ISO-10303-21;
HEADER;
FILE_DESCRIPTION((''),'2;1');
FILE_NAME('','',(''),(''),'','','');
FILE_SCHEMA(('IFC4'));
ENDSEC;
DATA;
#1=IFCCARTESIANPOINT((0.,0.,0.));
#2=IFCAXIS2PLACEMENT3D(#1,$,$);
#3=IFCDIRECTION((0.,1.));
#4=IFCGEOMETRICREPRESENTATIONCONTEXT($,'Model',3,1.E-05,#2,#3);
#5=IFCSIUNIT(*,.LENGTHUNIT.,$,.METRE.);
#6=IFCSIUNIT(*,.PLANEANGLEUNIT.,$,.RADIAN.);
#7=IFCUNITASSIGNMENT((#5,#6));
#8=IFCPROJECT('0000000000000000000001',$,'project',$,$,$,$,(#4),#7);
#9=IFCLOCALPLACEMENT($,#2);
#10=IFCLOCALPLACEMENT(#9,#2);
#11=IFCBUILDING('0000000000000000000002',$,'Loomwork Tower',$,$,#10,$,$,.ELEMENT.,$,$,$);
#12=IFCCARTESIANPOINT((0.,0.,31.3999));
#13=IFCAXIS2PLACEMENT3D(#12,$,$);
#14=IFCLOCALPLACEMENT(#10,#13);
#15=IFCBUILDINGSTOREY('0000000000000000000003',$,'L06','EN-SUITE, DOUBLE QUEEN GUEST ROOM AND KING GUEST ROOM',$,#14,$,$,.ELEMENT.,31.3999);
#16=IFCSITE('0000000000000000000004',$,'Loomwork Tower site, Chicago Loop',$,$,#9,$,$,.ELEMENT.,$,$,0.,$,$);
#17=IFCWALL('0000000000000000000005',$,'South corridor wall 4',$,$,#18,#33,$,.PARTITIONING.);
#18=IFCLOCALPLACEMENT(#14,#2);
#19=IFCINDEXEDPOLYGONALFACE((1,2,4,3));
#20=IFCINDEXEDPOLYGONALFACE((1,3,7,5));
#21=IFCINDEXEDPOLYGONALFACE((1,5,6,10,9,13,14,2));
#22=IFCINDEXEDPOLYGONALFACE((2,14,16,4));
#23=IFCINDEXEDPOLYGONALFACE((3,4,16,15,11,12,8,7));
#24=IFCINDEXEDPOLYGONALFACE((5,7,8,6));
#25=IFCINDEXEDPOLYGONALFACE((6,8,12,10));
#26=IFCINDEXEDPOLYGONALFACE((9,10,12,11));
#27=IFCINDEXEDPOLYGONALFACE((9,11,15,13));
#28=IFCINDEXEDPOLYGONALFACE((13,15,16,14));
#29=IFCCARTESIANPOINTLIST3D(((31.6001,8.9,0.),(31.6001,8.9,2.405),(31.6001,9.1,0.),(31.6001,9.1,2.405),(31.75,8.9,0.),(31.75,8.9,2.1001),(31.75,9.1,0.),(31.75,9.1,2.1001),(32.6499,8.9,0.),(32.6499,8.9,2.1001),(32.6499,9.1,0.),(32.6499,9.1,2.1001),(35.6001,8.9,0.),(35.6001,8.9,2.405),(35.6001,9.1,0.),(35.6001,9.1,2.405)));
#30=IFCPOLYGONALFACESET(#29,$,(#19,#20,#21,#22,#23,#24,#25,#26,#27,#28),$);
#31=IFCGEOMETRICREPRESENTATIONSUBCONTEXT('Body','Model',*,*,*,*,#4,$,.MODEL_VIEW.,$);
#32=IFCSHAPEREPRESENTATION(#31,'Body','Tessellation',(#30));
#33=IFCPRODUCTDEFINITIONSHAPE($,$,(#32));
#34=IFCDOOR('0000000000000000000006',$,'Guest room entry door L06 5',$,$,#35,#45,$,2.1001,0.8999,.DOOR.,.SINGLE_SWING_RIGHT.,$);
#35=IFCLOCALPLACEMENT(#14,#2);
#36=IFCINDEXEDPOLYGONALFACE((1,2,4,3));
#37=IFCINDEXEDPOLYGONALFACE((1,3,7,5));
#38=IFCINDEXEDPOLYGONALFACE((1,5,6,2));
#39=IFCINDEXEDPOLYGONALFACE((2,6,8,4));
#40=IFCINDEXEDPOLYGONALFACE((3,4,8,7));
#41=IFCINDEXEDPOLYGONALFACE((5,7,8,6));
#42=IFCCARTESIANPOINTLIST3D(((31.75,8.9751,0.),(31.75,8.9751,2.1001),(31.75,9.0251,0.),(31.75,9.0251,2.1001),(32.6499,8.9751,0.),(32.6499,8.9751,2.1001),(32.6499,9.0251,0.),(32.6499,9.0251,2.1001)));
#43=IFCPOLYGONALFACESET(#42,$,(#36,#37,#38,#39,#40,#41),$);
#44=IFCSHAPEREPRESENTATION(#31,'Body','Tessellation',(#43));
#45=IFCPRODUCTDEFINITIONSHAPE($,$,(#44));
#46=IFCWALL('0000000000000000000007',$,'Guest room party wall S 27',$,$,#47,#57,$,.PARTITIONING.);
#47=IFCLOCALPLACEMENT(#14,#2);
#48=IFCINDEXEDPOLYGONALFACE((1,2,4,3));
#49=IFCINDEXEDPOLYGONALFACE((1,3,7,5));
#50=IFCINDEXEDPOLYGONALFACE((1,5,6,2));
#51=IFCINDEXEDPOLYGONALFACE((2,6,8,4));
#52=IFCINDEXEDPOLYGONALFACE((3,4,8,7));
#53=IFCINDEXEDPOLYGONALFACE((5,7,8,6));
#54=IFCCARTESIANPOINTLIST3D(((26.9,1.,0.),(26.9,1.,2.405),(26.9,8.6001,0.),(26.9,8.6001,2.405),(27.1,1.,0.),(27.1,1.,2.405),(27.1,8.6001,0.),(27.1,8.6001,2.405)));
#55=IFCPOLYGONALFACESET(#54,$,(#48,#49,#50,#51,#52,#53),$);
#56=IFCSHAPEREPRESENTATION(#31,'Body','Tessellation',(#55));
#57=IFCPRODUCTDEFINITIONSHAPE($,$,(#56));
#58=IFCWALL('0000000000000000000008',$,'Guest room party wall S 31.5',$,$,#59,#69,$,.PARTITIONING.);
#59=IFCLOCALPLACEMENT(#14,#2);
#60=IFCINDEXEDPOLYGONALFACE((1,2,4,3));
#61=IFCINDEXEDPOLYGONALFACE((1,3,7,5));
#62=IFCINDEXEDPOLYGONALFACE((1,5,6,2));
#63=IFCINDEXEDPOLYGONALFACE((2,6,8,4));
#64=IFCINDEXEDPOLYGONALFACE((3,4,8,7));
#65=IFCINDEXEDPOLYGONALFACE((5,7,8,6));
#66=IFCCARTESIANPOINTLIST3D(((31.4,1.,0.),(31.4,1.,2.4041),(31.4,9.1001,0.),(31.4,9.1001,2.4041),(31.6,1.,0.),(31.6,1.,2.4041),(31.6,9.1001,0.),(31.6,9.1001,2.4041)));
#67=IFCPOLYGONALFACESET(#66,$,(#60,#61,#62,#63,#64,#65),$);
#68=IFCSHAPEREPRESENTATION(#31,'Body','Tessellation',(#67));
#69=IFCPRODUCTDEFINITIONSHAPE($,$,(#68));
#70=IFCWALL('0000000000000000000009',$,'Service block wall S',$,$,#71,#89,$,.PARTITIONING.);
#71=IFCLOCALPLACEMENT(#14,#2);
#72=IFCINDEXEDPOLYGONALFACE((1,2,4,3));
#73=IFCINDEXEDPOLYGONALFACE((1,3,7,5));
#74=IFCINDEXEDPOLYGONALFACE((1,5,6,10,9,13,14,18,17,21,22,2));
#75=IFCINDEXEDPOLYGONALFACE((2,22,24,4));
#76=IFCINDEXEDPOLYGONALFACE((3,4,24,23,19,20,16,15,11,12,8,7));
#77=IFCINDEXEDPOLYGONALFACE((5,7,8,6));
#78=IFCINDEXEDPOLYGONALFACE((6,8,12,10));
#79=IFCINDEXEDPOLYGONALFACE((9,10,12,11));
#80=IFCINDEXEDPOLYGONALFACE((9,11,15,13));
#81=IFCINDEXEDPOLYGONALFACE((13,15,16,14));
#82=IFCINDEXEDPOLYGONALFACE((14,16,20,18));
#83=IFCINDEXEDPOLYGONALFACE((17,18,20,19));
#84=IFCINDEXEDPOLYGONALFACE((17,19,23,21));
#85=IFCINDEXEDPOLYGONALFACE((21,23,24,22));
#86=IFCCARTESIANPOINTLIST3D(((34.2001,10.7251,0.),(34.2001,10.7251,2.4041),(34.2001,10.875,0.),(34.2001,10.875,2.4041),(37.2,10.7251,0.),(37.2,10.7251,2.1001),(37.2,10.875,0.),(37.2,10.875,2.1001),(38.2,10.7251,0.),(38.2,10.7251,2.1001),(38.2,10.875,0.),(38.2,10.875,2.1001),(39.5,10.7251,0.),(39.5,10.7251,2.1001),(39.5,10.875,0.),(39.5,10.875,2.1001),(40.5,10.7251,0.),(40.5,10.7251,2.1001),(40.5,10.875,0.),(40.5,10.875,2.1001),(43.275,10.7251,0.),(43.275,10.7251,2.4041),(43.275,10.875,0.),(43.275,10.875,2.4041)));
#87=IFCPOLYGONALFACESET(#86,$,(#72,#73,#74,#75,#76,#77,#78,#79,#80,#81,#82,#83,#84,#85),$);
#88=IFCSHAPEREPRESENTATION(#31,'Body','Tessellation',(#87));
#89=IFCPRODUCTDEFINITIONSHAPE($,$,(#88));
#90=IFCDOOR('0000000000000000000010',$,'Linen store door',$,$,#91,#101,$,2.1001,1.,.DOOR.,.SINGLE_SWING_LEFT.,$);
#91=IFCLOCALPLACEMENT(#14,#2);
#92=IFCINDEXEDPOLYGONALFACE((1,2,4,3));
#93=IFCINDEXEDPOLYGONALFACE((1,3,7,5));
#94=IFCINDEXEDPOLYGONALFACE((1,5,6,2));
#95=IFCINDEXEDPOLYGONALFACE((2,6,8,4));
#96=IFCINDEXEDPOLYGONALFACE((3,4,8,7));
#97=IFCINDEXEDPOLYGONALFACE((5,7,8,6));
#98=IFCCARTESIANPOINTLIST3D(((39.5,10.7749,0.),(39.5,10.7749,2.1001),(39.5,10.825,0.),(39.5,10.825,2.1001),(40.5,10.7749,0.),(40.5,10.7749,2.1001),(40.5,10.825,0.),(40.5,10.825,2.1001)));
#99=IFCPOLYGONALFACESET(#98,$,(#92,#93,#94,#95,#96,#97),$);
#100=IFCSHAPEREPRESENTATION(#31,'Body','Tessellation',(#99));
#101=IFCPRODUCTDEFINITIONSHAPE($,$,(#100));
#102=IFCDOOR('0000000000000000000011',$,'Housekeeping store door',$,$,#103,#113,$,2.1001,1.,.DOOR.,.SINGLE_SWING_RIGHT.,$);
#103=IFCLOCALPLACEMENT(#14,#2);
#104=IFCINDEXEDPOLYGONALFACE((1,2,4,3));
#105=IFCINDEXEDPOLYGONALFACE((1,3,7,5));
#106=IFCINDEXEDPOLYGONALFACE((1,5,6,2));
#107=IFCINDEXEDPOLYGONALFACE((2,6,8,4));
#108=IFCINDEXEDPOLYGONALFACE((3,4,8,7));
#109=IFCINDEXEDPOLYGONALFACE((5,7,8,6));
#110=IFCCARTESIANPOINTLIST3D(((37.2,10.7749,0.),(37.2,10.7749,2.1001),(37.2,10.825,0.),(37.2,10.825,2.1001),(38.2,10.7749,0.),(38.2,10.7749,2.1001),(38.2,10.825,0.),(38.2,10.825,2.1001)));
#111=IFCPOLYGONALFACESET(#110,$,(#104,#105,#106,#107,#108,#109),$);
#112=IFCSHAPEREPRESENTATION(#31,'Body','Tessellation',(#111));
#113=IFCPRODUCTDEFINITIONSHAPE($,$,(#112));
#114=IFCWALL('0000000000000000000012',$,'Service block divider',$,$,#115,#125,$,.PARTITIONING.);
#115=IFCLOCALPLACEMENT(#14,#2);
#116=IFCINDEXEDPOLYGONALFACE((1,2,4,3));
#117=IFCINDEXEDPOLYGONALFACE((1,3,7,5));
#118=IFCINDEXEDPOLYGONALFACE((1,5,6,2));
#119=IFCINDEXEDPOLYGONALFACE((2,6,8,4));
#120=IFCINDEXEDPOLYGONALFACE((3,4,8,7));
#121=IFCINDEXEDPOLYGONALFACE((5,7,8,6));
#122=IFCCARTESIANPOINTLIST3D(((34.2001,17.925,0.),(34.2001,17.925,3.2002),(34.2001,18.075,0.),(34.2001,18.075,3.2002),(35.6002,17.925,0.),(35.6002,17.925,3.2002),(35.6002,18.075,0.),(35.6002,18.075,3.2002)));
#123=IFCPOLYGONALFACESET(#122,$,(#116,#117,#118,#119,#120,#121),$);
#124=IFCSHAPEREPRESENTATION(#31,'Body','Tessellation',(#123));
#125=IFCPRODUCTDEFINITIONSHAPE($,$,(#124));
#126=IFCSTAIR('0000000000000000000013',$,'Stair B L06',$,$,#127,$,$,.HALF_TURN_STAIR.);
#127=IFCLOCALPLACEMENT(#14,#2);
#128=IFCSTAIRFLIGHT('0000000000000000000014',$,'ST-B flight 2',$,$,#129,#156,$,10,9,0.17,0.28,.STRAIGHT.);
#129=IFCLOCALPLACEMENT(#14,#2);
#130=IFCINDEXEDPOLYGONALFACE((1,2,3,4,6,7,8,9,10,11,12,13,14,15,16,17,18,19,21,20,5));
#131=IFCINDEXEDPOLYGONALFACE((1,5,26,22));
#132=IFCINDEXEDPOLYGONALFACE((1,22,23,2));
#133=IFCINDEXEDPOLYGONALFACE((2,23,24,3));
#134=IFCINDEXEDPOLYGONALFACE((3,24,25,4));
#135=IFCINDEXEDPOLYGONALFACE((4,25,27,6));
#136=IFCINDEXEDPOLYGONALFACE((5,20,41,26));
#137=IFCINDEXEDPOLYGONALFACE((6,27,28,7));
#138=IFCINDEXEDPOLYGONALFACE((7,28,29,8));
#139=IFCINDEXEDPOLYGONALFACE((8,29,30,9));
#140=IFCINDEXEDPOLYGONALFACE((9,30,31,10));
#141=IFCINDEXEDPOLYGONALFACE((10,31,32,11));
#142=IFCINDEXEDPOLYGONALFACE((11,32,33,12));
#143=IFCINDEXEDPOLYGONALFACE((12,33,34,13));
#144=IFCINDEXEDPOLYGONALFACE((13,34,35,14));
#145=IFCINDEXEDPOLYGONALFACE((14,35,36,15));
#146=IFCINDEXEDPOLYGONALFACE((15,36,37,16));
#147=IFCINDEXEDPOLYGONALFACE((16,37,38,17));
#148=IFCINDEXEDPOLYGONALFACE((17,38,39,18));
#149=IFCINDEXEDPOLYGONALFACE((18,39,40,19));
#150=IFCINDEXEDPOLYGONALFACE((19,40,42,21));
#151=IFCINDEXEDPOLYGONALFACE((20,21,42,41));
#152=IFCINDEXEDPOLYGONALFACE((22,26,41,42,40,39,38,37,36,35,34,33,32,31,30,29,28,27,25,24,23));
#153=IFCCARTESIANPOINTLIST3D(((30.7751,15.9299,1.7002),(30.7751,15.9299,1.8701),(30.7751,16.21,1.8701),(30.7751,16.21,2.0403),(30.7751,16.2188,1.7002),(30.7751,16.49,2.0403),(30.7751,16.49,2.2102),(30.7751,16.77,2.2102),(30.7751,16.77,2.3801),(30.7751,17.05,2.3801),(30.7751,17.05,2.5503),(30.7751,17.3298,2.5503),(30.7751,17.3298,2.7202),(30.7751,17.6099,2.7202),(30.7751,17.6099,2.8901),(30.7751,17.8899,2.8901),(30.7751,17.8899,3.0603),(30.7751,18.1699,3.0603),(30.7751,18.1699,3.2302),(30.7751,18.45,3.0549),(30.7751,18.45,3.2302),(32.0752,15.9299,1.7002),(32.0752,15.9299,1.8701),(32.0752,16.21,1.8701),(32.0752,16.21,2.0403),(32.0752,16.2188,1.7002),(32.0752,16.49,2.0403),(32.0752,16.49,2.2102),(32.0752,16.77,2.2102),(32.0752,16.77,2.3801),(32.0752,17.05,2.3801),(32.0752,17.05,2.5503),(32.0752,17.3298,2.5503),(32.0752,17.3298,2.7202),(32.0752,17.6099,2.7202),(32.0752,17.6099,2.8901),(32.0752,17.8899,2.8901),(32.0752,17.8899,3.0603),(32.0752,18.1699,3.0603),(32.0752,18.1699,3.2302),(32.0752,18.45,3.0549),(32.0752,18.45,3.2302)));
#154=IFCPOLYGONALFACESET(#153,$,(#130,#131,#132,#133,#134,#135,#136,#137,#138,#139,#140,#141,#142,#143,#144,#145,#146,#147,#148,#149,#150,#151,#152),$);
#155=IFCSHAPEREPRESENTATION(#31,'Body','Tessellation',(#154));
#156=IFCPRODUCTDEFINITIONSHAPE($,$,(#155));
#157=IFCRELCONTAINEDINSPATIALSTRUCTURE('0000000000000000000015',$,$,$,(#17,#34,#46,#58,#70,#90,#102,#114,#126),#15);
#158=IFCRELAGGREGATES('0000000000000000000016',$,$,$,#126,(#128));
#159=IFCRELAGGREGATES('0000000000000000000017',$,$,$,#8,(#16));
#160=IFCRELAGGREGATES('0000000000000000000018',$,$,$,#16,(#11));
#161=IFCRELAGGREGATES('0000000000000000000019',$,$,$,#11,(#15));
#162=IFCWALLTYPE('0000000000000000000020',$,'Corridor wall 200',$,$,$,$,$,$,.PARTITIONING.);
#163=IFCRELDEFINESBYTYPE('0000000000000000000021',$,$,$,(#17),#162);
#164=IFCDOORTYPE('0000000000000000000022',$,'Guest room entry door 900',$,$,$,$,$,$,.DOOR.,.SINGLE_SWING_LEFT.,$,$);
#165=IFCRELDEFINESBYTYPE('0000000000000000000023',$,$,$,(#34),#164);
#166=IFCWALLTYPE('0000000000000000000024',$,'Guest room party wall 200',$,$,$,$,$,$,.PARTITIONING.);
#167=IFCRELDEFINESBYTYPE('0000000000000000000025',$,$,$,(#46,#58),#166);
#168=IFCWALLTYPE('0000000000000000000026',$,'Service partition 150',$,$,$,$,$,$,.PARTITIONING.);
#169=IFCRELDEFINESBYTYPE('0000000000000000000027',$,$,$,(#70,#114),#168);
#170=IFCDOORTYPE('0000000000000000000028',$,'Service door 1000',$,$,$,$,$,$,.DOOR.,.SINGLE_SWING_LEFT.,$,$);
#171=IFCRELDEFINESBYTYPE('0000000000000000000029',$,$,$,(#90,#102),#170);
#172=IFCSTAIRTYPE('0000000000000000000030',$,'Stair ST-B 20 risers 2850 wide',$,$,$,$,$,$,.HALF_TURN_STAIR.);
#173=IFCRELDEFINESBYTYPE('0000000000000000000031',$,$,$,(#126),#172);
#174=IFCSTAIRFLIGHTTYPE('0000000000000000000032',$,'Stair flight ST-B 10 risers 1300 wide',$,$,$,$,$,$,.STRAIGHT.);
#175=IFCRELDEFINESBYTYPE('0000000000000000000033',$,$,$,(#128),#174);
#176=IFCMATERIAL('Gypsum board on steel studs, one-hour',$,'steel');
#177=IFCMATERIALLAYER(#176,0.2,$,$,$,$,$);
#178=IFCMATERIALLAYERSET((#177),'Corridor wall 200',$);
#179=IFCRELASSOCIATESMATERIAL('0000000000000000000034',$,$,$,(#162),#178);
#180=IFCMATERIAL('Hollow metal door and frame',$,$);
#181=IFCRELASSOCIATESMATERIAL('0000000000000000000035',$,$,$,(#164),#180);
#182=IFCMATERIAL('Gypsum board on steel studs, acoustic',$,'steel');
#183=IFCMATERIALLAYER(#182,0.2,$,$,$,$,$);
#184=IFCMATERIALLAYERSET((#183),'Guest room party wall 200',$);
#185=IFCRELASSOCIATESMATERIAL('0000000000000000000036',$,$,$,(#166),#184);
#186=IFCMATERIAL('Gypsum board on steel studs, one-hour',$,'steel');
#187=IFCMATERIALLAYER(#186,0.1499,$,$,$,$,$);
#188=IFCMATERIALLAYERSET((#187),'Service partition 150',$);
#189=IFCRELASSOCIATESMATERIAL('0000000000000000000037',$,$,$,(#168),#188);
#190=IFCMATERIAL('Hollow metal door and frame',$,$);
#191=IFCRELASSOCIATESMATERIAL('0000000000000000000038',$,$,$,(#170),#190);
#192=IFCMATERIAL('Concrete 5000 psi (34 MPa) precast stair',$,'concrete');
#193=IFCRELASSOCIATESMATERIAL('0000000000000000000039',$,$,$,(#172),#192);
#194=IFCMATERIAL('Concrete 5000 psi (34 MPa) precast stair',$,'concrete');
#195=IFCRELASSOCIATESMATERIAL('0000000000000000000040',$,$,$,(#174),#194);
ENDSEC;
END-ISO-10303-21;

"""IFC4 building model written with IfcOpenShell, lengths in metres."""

from ifc_helpers import new_model, si_unit, direction, frame, frame_2d, origin, place, context, subcontext, project, spatial, polyline, rectangle, outline, extrude, material, layer, layer_set, type_object, element, fill, aggregate, save


model = new_model("IFC4")

# Units and contexts
model_context = context("Model", 3, precision=1e-05, world=origin(), true_north=direction((0.0, 1.0)))
body_context = subcontext(model_context, "Body", "Model", "MODEL_VIEW")
ifc_project = project(units=[si_unit("LENGTHUNIT", "METRE"), si_unit("PLANEANGLEUNIT", "RADIAN")], contexts=[model_context])

# Site, building, storey
site_placement = place(None, origin())
site = spatial("IfcSite", under=ifc_project, at=site_placement, Name="Loomwork Tower site, Chicago Loop", CompositionType="ELEMENT", RefElevation=0.0)
building_placement = place(site_placement, origin())
building = spatial("IfcBuilding", under=site, at=building_placement, Name="Loomwork Tower", CompositionType="ELEMENT")
storey_placement = place(building_placement, frame((0.0, 0.0, 31.3999)))
storey = spatial("IfcBuildingStorey", under=building, at=storey_placement, Name="L06", Description="EN-SUITE, DOUBLE QUEEN GUEST ROOM AND KING GUEST ROOM", CompositionType="ELEMENT", Elevation=31.3999)

# Wall, opening, door
ifc_material_1 = material(Name="Gypsum board on steel studs, one-hour", Category="steel")
ifc_layer_1 = layer(ifc_material_1, 0.2)
ifc_layer_set_1 = layer_set([ifc_layer_1], Name="Corridor wall 200")
wall_type_1 = type_object("IfcWallType", Name="Corridor wall 200", PredefinedType="PARTITIONING", material=ifc_layer_set_1)
wall_1_placement = place(storey_placement, frame((31.6001, 9.0, 0.0), z_axis=(0.0, 0.0, 1.0), x_axis=(1.0, 0.0, 0.0)))
wall_1 = element("IfcWall", 1, at=wall_1_placement, inside=storey, type_object=wall_type_1, Name="South corridor wall 4", PredefinedType="PARTITIONING", context=body_context, shape_type="SweptSolid", body=[
    extrude(rectangle(XDim=4.0, YDim=0.2, at=frame_2d((2.0, 0.0))), origin(), (0.0, 0.0, 1.0), 2.405),
])
opening_1_placement = place(wall_1_placement, frame((0.1499, 0.0, 0.0)))
opening_1 = element("IfcOpeningElement", 2, at=opening_1_placement, cuts=wall_1, PredefinedType="OPENING", context=body_context, shape_type="SweptSolid", body=[
    extrude(rectangle(XDim=0.8999, YDim=2.1001, at=frame_2d((0.45, 1.05))), frame((0.0, 0.1099, 0.0), z_axis=(0.0, -1.0, 0.0), x_axis=(1.0, 0.0, 0.0)), (0.0, 0.0, 1.0), 0.22),
])
ifc_material_2 = material(Name="Hollow metal door and frame")
door_type_1 = type_object("IfcDoorType", Name="Guest room entry door 900", OperationType="SINGLE_SWING_LEFT", PredefinedType="DOOR", material=ifc_material_2)
door_1_placement = place(opening_1_placement, frame((0.8999, 0.0, 0.0), z_axis=(0.0, 0.0, 1.0), x_axis=(-1.0, 0.0, 0.0)))
door_1 = element("IfcDoor", 3, at=door_1_placement, inside=storey, type_object=door_type_1, Name="Guest room entry door L06 5", OperationType="SINGLE_SWING_RIGHT", OverallHeight=2.1001, OverallWidth=0.8999, PredefinedType="DOOR", context=body_context, shape_type="SweptSolid", body=[
    extrude(rectangle(XDim=0.8999, YDim=2.1001, at=frame_2d((0.45, 1.05))), frame((0.0, 0.0249, 0.0), z_axis=(0.0, -1.0, 0.0), x_axis=(1.0, 0.0, 0.0)), (0.0, 0.0, 1.0), 0.05),
])
fill(opening_1, door_1)

# Walls
ifc_material_3 = material(Name="Gypsum board on steel studs, acoustic", Category="steel")
ifc_layer_2 = layer(ifc_material_3, 0.2)
ifc_layer_set_2 = layer_set([ifc_layer_2], Name="Guest room party wall 200")
wall_type_2 = type_object("IfcWallType", Name="Guest room party wall 200", PredefinedType="PARTITIONING", material=ifc_layer_set_2)
wall_2_placement = place(storey_placement, frame((27.0, 8.6001, 0.0), z_axis=(0.0, 0.0, 1.0), x_axis=(0.0, -1.0, 0.0)))
element("IfcWall", 4, at=wall_2_placement, inside=storey, type_object=wall_type_2, Name="Guest room party wall S 27", PredefinedType="PARTITIONING", context=body_context, shape_type="SweptSolid", body=[
    extrude(rectangle(XDim=7.6001, YDim=0.2, at=frame_2d((3.8, 0.0))), origin(), (0.0, 0.0, 1.0), 2.405),
])
wall_3_placement = place(storey_placement, frame((31.5, 9.1001, 0.0), z_axis=(0.0, 0.0, 1.0), x_axis=(0.0, -1.0, 0.0)))
element("IfcWall", 5, at=wall_3_placement, inside=storey, type_object=wall_type_2, Name="Guest room party wall S 31.5", PredefinedType="PARTITIONING", context=body_context, shape_type="SweptSolid", body=[
    extrude(rectangle(XDim=8.1001, YDim=0.2, at=frame_2d((4.05, 0.0))), origin(), (0.0, 0.0, 1.0), 2.4041),
])

# Wall, openings, doors
ifc_material_4 = material(Name="Gypsum board on steel studs, one-hour", Category="steel")
ifc_layer_3 = layer(ifc_material_4, 0.1499)
ifc_layer_set_3 = layer_set([ifc_layer_3], Name="Service partition 150")
wall_type_3 = type_object("IfcWallType", Name="Service partition 150", PredefinedType="PARTITIONING", material=ifc_layer_set_3)
wall_4_placement = place(storey_placement, frame((34.2, 10.8, 0.0), z_axis=(0.0, 0.0, 1.0), x_axis=(1.0, 0.0, 0.0)))
wall_4 = element("IfcWall", 6, at=wall_4_placement, inside=storey, type_object=wall_type_3, Name="Service block wall S", PredefinedType="PARTITIONING", context=body_context, shape_type="SweptSolid", body=[
    extrude(rectangle(XDim=9.075, YDim=0.1499, at=frame_2d((4.5376, 0.0))), origin(), (0.0, 0.0, 1.0), 2.4041),
])
opening_2_placement = place(wall_4_placement, frame((5.3, 0.0, 0.0)))
opening_2 = element("IfcOpeningElement", 7, at=opening_2_placement, cuts=wall_4, PredefinedType="OPENING", context=body_context, shape_type="SweptSolid", body=[
    extrude(rectangle(XDim=1.0, YDim=2.1001, at=frame_2d((0.5, 1.05))), frame((0.0, 0.085, 0.0), z_axis=(0.0, -1.0, 0.0), x_axis=(1.0, 0.0, 0.0)), (0.0, 0.0, 1.0), 0.1699),
])
opening_3_placement = place(wall_4_placement, frame((3.0, 0.0, 0.0)))
opening_3 = element("IfcOpeningElement", 8, at=opening_3_placement, cuts=wall_4, PredefinedType="OPENING", context=body_context, shape_type="SweptSolid", body=[
    extrude(rectangle(XDim=1.0, YDim=2.1001, at=frame_2d((0.5, 1.05))), frame((0.0, 0.085, 0.0), z_axis=(0.0, -1.0, 0.0), x_axis=(1.0, 0.0, 0.0)), (0.0, 0.0, 1.0), 0.1699),
])
ifc_material_5 = material(Name="Hollow metal door and frame")
door_type_2 = type_object("IfcDoorType", Name="Service door 1000", OperationType="SINGLE_SWING_LEFT", PredefinedType="DOOR", material=ifc_material_5)
door_2_placement = place(opening_2_placement, origin())
door_2 = element("IfcDoor", 9, at=door_2_placement, inside=storey, type_object=door_type_2, Name="Linen store door", OperationType="SINGLE_SWING_LEFT", OverallHeight=2.1001, OverallWidth=1.0, PredefinedType="DOOR", context=body_context, shape_type="SweptSolid", body=[
    extrude(rectangle(XDim=1.0, YDim=2.1001, at=frame_2d((0.5, 1.05))), frame((0.0, 0.0249, 0.0), z_axis=(0.0, -1.0, 0.0), x_axis=(1.0, 0.0, 0.0)), (0.0, 0.0, 1.0), 0.05),
])
fill(opening_2, door_2)
door_3_placement = place(opening_3_placement, origin())
door_3 = element("IfcDoor", 10, at=door_3_placement, inside=storey, type_object=door_type_2, Name="Housekeeping store door", OperationType="SINGLE_SWING_RIGHT", OverallHeight=2.1001, OverallWidth=1.0, PredefinedType="DOOR", context=body_context, shape_type="SweptSolid", body=[
    extrude(rectangle(XDim=1.0, YDim=2.1001, at=frame_2d((0.5, 1.05))), frame((0.0, 0.0249, 0.0), z_axis=(0.0, -1.0, 0.0), x_axis=(1.0, 0.0, 0.0)), (0.0, 0.0, 1.0), 0.05),
])
fill(opening_3, door_3)

# Wall
wall_5_placement = place(storey_placement, frame((34.2, 18.0, 0.0), z_axis=(0.0, 0.0, 1.0), x_axis=(1.0, 0.0, 0.0)))
element("IfcWall", 11, at=wall_5_placement, inside=storey, type_object=wall_type_3, Name="Service block divider", PredefinedType="PARTITIONING", context=body_context, shape_type="SweptSolid", body=[
    extrude(rectangle(XDim=1.4001, YDim=0.1499, at=frame_2d((0.7002, 0.0))), origin(), (0.0, 0.0, 1.0), 3.2002),
])

# Stair, stair flight
ifc_material_6 = material(Name="Concrete 5000 psi (34 MPa) precast stair", Category="concrete")
stair_type = type_object("IfcStairType", Name="Stair ST-B 20 risers 2850 wide", PredefinedType="HALF_TURN_STAIR", material=ifc_material_6)
stair_placement = place(storey_placement, origin())
stair = element("IfcStair", 12, at=stair_placement, inside=storey, type_object=stair_type, Name="Stair B L06", PredefinedType="HALF_TURN_STAIR")
ifc_material_7 = material(Name="Concrete 5000 psi (34 MPa) precast stair", Category="concrete")
stair_flight_type = type_object("IfcStairFlightType", Name="Stair flight ST-B 10 risers 1300 wide", PredefinedType="STRAIGHT", material=ifc_material_7)
stair_flight_placement = place(storey_placement, frame((31.425, 15.9299, 1.7002), z_axis=(0.0, 0.0, 1.0), x_axis=(0.0, 1.0, 0.0)))
stair_flight = element("IfcStairFlight", 13, at=stair_flight_placement, type_object=stair_flight_type, Name="ST-B flight 2", NumberOfRisers=10, NumberOfTreads=9, PredefinedType="STRAIGHT", RiserHeight=0.17, TreadLength=0.28, context=body_context, shape_type="SweptSolid", body=[
    extrude(outline(polyline([(0.0, 0.0), (0.0, 0.1699), (0.28, 0.1699), (0.28, 0.3401), (0.5601, 0.3401), (0.5601, 0.51), (0.8401, 0.51), (0.8401, 0.6799), (1.1201, 0.6799), (1.1201, 0.8501), (1.3999, 0.8501), (1.3999, 1.02), (1.6799, 1.02), (1.6799, 1.1899), (1.96, 1.1899), (1.96, 1.3601), (2.24, 1.3601), (2.24, 1.53), (2.52, 1.53), (2.52, 1.7), (2.52, 1.3547), (0.2888, 0.0), (0.0, 0.0)])), frame((0.0, 0.6499, 0.0), z_axis=(0.0, -1.0, 0.0), x_axis=(1.0, 0.0, 0.0)), (0.0, 0.0, 1.0), 1.3),
])
aggregate(stair, [stair_flight])

save(model, "model.ifc")
